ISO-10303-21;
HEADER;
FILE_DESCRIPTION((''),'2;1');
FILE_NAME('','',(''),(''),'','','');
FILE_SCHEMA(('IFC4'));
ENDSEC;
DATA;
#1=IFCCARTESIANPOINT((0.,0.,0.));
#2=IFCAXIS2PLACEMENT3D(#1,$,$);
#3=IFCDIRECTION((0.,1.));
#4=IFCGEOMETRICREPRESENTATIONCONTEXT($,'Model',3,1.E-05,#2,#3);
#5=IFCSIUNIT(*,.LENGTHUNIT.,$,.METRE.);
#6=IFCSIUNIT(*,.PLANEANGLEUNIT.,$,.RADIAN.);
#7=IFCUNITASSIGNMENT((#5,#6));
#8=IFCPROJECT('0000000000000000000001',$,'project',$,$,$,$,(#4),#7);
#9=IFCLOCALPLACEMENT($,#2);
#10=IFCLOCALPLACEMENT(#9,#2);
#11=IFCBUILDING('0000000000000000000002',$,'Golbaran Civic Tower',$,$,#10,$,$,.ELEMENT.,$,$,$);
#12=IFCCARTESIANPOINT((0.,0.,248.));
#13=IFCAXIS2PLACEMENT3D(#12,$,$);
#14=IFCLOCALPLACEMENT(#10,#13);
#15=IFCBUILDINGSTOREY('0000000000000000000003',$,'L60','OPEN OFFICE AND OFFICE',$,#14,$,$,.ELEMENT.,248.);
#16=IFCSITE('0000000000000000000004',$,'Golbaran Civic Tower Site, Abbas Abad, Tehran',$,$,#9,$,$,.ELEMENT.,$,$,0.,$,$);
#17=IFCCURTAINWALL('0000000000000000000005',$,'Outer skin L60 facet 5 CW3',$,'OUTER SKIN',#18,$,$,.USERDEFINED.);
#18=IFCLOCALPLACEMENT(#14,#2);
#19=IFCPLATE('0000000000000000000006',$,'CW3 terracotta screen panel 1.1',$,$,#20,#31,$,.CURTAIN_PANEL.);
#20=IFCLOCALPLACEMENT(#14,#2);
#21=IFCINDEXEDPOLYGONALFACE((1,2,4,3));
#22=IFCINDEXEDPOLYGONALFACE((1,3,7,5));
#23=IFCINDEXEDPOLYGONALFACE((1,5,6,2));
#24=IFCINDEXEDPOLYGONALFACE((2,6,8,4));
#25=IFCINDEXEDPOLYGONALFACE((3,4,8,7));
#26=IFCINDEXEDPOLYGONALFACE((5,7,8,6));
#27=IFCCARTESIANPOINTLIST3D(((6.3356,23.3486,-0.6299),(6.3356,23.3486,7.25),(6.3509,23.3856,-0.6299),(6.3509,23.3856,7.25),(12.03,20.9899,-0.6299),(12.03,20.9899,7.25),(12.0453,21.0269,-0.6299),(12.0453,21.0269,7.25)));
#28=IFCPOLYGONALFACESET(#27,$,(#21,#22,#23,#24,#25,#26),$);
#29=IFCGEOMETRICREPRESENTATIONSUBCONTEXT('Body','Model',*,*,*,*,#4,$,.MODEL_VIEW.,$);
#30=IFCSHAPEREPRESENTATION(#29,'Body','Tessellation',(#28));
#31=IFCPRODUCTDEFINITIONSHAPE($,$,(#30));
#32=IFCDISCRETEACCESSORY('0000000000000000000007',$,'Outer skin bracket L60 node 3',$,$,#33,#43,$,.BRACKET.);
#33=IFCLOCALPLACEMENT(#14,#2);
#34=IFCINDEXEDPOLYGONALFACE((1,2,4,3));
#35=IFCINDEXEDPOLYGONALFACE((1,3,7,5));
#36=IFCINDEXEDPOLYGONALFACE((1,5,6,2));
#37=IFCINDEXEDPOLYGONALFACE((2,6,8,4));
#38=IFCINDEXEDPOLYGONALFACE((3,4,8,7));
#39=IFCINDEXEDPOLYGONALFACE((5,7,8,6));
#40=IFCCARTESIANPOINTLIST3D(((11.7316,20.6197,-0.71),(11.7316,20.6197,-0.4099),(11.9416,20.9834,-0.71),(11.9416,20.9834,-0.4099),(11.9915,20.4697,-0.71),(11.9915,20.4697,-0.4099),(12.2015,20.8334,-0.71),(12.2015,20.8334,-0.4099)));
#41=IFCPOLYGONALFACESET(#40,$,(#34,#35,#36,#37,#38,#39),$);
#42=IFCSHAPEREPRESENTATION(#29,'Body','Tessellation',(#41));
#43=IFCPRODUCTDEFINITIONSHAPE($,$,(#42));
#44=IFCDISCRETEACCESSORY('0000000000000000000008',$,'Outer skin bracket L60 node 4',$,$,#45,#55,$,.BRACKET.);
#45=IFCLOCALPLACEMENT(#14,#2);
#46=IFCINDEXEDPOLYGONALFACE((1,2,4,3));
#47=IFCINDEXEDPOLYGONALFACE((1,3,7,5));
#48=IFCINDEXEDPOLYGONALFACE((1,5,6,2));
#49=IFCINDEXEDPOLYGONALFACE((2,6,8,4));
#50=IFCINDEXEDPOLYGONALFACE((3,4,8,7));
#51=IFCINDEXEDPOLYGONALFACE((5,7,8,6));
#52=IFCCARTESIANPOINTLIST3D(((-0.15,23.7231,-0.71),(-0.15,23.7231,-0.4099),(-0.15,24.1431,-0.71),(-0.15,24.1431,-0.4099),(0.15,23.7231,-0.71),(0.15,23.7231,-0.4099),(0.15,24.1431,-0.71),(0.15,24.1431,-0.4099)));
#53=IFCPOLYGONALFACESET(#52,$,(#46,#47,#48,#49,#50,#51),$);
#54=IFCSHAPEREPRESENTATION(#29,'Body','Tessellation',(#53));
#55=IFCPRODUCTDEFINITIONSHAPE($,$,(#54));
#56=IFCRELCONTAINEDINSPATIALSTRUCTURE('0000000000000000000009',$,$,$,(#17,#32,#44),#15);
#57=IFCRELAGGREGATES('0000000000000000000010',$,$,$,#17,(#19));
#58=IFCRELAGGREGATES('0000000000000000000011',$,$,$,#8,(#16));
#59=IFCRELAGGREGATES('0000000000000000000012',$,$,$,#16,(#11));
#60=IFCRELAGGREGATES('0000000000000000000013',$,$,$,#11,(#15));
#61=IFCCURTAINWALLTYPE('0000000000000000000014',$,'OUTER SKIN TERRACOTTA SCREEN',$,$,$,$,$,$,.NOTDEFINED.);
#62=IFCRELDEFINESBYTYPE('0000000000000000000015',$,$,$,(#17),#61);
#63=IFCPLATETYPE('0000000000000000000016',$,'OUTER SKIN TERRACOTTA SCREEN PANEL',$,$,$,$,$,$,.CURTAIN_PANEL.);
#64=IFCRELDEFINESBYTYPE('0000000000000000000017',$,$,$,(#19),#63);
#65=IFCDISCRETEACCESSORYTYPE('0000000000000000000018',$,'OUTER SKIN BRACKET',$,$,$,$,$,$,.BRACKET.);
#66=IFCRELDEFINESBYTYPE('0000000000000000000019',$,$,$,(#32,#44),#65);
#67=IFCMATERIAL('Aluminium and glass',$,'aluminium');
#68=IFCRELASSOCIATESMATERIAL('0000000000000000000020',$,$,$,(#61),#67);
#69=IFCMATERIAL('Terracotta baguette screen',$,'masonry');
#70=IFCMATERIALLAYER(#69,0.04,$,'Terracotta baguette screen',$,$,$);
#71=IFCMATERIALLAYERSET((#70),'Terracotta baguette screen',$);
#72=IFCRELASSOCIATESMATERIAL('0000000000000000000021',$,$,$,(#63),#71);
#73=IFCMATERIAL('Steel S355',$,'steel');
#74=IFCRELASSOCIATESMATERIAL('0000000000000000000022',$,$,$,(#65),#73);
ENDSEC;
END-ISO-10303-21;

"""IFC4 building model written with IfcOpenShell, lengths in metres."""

from ifc_helpers import new_model, si_unit, direction, frame, origin, origin_2d, place, context, subcontext, project, spatial, rectangle, extrude, material, layer, layer_set, type_object, element, aggregate, save


model = new_model("IFC4")

# Units and contexts
model_context = context("Model", 3, precision=1e-05, world=origin(), true_north=direction((0.0, 1.0)))
body_context = subcontext(model_context, "Body", "Model", "MODEL_VIEW")
ifc_project = project(units=[si_unit("LENGTHUNIT", "METRE"), si_unit("PLANEANGLEUNIT", "RADIAN")], contexts=[model_context])

# Site, building, storey
site_placement = place(None, origin())
site = spatial("IfcSite", under=ifc_project, at=site_placement, Name="Golbaran Civic Tower Site, Abbas Abad, Tehran", CompositionType="ELEMENT", RefElevation=0.0)
building_placement = place(site_placement, origin())
building = spatial("IfcBuilding", under=site, at=building_placement, Name="Golbaran Civic Tower", CompositionType="ELEMENT")
storey_placement = place(building_placement, frame((0.0, 0.0, 248.0)))
storey = spatial("IfcBuildingStorey", under=building, at=storey_placement, Name="L60", Description="OPEN OFFICE AND OFFICE", CompositionType="ELEMENT", Elevation=248.0)

# Shared definitions
ifc_material_1 = material(Name="Steel S355", Category="steel")

# Shared definitions
ifc_material_2 = material(Name="Aluminium and glass", Category="aluminium")

# Shared definitions
curtain_wall_type_1 = type_object("IfcCurtainWallType", Name="OUTER SKIN TERRACOTTA SCREEN", PredefinedType="NOTDEFINED", material=ifc_material_2)

# Curtain wall
curtain_wall_1_placement = place(storey_placement, origin())
curtain_wall_1 = element("IfcCurtainWall", 1, at=curtain_wall_1_placement, inside=storey, type_object=curtain_wall_type_1, Name="Outer skin L60 facet 5 CW3", ObjectType="OUTER SKIN", PredefinedType="USERDEFINED")

# Plate
ifc_material_3 = material(Name="Terracotta baguette screen", Category="masonry")
ifc_layer_1 = layer(ifc_material_3, 0.04, Name="Terracotta baguette screen")
ifc_layer_set_1 = layer_set([ifc_layer_1], Name="Terracotta baguette screen")
plate_type_1 = type_object("IfcPlateType", Name="OUTER SKIN TERRACOTTA SCREEN PANEL", PredefinedType="CURTAIN_PANEL", material=ifc_layer_set_1)
plate_1_placement = place(storey_placement, frame((9.1904, 22.1877, -0.6299), z_axis=(0.0, 0.0, 1.0), x_axis=(-0.92388, 0.382683, 0.0)))
plate_1 = element("IfcPlate", 2, at=plate_1_placement, type_object=plate_type_1, Name="CW3 terracotta screen panel 1.1", PredefinedType="CURTAIN_PANEL", context=body_context, shape_type="SweptSolid", body=[
    extrude(rectangle(XDim=6.1636, YDim=0.04, at=origin_2d()), origin(), (0.0, 0.0, 1.0), 7.8799),
])
aggregate(curtain_wall_1, [plate_1])

# Discrete accessories
discrete_accessory_type = type_object("IfcDiscreteAccessoryType", Name="OUTER SKIN BRACKET", PredefinedType="BRACKET", material=ifc_material_1)
for number, where, z_axis, x_axis, name in (
    (3, (11.9666, 20.7266, -0.71), (0.0, 0.0, 1.0), (0.5, 0.866025, 0.0), "Outer skin bracket L60 node 3"),
    (4, (0.0, 23.9331, -0.71), (0.0, 0.0, 1.0), (0.0, 1.0, 0.0), "Outer skin bracket L60 node 4"),
):
    element("IfcDiscreteAccessory", number, at=place(storey_placement, frame(where, z_axis=z_axis, x_axis=x_axis)), inside=storey, type_object=discrete_accessory_type, Name=name, PredefinedType="BRACKET", context=body_context, shape_type="SweptSolid", body=[
        extrude(rectangle(XDim=0.4199, YDim=0.3, at=origin_2d()), origin(), (0.0, 0.0, 1.0), 0.3),
    ])

save(model, "model.ifc")
